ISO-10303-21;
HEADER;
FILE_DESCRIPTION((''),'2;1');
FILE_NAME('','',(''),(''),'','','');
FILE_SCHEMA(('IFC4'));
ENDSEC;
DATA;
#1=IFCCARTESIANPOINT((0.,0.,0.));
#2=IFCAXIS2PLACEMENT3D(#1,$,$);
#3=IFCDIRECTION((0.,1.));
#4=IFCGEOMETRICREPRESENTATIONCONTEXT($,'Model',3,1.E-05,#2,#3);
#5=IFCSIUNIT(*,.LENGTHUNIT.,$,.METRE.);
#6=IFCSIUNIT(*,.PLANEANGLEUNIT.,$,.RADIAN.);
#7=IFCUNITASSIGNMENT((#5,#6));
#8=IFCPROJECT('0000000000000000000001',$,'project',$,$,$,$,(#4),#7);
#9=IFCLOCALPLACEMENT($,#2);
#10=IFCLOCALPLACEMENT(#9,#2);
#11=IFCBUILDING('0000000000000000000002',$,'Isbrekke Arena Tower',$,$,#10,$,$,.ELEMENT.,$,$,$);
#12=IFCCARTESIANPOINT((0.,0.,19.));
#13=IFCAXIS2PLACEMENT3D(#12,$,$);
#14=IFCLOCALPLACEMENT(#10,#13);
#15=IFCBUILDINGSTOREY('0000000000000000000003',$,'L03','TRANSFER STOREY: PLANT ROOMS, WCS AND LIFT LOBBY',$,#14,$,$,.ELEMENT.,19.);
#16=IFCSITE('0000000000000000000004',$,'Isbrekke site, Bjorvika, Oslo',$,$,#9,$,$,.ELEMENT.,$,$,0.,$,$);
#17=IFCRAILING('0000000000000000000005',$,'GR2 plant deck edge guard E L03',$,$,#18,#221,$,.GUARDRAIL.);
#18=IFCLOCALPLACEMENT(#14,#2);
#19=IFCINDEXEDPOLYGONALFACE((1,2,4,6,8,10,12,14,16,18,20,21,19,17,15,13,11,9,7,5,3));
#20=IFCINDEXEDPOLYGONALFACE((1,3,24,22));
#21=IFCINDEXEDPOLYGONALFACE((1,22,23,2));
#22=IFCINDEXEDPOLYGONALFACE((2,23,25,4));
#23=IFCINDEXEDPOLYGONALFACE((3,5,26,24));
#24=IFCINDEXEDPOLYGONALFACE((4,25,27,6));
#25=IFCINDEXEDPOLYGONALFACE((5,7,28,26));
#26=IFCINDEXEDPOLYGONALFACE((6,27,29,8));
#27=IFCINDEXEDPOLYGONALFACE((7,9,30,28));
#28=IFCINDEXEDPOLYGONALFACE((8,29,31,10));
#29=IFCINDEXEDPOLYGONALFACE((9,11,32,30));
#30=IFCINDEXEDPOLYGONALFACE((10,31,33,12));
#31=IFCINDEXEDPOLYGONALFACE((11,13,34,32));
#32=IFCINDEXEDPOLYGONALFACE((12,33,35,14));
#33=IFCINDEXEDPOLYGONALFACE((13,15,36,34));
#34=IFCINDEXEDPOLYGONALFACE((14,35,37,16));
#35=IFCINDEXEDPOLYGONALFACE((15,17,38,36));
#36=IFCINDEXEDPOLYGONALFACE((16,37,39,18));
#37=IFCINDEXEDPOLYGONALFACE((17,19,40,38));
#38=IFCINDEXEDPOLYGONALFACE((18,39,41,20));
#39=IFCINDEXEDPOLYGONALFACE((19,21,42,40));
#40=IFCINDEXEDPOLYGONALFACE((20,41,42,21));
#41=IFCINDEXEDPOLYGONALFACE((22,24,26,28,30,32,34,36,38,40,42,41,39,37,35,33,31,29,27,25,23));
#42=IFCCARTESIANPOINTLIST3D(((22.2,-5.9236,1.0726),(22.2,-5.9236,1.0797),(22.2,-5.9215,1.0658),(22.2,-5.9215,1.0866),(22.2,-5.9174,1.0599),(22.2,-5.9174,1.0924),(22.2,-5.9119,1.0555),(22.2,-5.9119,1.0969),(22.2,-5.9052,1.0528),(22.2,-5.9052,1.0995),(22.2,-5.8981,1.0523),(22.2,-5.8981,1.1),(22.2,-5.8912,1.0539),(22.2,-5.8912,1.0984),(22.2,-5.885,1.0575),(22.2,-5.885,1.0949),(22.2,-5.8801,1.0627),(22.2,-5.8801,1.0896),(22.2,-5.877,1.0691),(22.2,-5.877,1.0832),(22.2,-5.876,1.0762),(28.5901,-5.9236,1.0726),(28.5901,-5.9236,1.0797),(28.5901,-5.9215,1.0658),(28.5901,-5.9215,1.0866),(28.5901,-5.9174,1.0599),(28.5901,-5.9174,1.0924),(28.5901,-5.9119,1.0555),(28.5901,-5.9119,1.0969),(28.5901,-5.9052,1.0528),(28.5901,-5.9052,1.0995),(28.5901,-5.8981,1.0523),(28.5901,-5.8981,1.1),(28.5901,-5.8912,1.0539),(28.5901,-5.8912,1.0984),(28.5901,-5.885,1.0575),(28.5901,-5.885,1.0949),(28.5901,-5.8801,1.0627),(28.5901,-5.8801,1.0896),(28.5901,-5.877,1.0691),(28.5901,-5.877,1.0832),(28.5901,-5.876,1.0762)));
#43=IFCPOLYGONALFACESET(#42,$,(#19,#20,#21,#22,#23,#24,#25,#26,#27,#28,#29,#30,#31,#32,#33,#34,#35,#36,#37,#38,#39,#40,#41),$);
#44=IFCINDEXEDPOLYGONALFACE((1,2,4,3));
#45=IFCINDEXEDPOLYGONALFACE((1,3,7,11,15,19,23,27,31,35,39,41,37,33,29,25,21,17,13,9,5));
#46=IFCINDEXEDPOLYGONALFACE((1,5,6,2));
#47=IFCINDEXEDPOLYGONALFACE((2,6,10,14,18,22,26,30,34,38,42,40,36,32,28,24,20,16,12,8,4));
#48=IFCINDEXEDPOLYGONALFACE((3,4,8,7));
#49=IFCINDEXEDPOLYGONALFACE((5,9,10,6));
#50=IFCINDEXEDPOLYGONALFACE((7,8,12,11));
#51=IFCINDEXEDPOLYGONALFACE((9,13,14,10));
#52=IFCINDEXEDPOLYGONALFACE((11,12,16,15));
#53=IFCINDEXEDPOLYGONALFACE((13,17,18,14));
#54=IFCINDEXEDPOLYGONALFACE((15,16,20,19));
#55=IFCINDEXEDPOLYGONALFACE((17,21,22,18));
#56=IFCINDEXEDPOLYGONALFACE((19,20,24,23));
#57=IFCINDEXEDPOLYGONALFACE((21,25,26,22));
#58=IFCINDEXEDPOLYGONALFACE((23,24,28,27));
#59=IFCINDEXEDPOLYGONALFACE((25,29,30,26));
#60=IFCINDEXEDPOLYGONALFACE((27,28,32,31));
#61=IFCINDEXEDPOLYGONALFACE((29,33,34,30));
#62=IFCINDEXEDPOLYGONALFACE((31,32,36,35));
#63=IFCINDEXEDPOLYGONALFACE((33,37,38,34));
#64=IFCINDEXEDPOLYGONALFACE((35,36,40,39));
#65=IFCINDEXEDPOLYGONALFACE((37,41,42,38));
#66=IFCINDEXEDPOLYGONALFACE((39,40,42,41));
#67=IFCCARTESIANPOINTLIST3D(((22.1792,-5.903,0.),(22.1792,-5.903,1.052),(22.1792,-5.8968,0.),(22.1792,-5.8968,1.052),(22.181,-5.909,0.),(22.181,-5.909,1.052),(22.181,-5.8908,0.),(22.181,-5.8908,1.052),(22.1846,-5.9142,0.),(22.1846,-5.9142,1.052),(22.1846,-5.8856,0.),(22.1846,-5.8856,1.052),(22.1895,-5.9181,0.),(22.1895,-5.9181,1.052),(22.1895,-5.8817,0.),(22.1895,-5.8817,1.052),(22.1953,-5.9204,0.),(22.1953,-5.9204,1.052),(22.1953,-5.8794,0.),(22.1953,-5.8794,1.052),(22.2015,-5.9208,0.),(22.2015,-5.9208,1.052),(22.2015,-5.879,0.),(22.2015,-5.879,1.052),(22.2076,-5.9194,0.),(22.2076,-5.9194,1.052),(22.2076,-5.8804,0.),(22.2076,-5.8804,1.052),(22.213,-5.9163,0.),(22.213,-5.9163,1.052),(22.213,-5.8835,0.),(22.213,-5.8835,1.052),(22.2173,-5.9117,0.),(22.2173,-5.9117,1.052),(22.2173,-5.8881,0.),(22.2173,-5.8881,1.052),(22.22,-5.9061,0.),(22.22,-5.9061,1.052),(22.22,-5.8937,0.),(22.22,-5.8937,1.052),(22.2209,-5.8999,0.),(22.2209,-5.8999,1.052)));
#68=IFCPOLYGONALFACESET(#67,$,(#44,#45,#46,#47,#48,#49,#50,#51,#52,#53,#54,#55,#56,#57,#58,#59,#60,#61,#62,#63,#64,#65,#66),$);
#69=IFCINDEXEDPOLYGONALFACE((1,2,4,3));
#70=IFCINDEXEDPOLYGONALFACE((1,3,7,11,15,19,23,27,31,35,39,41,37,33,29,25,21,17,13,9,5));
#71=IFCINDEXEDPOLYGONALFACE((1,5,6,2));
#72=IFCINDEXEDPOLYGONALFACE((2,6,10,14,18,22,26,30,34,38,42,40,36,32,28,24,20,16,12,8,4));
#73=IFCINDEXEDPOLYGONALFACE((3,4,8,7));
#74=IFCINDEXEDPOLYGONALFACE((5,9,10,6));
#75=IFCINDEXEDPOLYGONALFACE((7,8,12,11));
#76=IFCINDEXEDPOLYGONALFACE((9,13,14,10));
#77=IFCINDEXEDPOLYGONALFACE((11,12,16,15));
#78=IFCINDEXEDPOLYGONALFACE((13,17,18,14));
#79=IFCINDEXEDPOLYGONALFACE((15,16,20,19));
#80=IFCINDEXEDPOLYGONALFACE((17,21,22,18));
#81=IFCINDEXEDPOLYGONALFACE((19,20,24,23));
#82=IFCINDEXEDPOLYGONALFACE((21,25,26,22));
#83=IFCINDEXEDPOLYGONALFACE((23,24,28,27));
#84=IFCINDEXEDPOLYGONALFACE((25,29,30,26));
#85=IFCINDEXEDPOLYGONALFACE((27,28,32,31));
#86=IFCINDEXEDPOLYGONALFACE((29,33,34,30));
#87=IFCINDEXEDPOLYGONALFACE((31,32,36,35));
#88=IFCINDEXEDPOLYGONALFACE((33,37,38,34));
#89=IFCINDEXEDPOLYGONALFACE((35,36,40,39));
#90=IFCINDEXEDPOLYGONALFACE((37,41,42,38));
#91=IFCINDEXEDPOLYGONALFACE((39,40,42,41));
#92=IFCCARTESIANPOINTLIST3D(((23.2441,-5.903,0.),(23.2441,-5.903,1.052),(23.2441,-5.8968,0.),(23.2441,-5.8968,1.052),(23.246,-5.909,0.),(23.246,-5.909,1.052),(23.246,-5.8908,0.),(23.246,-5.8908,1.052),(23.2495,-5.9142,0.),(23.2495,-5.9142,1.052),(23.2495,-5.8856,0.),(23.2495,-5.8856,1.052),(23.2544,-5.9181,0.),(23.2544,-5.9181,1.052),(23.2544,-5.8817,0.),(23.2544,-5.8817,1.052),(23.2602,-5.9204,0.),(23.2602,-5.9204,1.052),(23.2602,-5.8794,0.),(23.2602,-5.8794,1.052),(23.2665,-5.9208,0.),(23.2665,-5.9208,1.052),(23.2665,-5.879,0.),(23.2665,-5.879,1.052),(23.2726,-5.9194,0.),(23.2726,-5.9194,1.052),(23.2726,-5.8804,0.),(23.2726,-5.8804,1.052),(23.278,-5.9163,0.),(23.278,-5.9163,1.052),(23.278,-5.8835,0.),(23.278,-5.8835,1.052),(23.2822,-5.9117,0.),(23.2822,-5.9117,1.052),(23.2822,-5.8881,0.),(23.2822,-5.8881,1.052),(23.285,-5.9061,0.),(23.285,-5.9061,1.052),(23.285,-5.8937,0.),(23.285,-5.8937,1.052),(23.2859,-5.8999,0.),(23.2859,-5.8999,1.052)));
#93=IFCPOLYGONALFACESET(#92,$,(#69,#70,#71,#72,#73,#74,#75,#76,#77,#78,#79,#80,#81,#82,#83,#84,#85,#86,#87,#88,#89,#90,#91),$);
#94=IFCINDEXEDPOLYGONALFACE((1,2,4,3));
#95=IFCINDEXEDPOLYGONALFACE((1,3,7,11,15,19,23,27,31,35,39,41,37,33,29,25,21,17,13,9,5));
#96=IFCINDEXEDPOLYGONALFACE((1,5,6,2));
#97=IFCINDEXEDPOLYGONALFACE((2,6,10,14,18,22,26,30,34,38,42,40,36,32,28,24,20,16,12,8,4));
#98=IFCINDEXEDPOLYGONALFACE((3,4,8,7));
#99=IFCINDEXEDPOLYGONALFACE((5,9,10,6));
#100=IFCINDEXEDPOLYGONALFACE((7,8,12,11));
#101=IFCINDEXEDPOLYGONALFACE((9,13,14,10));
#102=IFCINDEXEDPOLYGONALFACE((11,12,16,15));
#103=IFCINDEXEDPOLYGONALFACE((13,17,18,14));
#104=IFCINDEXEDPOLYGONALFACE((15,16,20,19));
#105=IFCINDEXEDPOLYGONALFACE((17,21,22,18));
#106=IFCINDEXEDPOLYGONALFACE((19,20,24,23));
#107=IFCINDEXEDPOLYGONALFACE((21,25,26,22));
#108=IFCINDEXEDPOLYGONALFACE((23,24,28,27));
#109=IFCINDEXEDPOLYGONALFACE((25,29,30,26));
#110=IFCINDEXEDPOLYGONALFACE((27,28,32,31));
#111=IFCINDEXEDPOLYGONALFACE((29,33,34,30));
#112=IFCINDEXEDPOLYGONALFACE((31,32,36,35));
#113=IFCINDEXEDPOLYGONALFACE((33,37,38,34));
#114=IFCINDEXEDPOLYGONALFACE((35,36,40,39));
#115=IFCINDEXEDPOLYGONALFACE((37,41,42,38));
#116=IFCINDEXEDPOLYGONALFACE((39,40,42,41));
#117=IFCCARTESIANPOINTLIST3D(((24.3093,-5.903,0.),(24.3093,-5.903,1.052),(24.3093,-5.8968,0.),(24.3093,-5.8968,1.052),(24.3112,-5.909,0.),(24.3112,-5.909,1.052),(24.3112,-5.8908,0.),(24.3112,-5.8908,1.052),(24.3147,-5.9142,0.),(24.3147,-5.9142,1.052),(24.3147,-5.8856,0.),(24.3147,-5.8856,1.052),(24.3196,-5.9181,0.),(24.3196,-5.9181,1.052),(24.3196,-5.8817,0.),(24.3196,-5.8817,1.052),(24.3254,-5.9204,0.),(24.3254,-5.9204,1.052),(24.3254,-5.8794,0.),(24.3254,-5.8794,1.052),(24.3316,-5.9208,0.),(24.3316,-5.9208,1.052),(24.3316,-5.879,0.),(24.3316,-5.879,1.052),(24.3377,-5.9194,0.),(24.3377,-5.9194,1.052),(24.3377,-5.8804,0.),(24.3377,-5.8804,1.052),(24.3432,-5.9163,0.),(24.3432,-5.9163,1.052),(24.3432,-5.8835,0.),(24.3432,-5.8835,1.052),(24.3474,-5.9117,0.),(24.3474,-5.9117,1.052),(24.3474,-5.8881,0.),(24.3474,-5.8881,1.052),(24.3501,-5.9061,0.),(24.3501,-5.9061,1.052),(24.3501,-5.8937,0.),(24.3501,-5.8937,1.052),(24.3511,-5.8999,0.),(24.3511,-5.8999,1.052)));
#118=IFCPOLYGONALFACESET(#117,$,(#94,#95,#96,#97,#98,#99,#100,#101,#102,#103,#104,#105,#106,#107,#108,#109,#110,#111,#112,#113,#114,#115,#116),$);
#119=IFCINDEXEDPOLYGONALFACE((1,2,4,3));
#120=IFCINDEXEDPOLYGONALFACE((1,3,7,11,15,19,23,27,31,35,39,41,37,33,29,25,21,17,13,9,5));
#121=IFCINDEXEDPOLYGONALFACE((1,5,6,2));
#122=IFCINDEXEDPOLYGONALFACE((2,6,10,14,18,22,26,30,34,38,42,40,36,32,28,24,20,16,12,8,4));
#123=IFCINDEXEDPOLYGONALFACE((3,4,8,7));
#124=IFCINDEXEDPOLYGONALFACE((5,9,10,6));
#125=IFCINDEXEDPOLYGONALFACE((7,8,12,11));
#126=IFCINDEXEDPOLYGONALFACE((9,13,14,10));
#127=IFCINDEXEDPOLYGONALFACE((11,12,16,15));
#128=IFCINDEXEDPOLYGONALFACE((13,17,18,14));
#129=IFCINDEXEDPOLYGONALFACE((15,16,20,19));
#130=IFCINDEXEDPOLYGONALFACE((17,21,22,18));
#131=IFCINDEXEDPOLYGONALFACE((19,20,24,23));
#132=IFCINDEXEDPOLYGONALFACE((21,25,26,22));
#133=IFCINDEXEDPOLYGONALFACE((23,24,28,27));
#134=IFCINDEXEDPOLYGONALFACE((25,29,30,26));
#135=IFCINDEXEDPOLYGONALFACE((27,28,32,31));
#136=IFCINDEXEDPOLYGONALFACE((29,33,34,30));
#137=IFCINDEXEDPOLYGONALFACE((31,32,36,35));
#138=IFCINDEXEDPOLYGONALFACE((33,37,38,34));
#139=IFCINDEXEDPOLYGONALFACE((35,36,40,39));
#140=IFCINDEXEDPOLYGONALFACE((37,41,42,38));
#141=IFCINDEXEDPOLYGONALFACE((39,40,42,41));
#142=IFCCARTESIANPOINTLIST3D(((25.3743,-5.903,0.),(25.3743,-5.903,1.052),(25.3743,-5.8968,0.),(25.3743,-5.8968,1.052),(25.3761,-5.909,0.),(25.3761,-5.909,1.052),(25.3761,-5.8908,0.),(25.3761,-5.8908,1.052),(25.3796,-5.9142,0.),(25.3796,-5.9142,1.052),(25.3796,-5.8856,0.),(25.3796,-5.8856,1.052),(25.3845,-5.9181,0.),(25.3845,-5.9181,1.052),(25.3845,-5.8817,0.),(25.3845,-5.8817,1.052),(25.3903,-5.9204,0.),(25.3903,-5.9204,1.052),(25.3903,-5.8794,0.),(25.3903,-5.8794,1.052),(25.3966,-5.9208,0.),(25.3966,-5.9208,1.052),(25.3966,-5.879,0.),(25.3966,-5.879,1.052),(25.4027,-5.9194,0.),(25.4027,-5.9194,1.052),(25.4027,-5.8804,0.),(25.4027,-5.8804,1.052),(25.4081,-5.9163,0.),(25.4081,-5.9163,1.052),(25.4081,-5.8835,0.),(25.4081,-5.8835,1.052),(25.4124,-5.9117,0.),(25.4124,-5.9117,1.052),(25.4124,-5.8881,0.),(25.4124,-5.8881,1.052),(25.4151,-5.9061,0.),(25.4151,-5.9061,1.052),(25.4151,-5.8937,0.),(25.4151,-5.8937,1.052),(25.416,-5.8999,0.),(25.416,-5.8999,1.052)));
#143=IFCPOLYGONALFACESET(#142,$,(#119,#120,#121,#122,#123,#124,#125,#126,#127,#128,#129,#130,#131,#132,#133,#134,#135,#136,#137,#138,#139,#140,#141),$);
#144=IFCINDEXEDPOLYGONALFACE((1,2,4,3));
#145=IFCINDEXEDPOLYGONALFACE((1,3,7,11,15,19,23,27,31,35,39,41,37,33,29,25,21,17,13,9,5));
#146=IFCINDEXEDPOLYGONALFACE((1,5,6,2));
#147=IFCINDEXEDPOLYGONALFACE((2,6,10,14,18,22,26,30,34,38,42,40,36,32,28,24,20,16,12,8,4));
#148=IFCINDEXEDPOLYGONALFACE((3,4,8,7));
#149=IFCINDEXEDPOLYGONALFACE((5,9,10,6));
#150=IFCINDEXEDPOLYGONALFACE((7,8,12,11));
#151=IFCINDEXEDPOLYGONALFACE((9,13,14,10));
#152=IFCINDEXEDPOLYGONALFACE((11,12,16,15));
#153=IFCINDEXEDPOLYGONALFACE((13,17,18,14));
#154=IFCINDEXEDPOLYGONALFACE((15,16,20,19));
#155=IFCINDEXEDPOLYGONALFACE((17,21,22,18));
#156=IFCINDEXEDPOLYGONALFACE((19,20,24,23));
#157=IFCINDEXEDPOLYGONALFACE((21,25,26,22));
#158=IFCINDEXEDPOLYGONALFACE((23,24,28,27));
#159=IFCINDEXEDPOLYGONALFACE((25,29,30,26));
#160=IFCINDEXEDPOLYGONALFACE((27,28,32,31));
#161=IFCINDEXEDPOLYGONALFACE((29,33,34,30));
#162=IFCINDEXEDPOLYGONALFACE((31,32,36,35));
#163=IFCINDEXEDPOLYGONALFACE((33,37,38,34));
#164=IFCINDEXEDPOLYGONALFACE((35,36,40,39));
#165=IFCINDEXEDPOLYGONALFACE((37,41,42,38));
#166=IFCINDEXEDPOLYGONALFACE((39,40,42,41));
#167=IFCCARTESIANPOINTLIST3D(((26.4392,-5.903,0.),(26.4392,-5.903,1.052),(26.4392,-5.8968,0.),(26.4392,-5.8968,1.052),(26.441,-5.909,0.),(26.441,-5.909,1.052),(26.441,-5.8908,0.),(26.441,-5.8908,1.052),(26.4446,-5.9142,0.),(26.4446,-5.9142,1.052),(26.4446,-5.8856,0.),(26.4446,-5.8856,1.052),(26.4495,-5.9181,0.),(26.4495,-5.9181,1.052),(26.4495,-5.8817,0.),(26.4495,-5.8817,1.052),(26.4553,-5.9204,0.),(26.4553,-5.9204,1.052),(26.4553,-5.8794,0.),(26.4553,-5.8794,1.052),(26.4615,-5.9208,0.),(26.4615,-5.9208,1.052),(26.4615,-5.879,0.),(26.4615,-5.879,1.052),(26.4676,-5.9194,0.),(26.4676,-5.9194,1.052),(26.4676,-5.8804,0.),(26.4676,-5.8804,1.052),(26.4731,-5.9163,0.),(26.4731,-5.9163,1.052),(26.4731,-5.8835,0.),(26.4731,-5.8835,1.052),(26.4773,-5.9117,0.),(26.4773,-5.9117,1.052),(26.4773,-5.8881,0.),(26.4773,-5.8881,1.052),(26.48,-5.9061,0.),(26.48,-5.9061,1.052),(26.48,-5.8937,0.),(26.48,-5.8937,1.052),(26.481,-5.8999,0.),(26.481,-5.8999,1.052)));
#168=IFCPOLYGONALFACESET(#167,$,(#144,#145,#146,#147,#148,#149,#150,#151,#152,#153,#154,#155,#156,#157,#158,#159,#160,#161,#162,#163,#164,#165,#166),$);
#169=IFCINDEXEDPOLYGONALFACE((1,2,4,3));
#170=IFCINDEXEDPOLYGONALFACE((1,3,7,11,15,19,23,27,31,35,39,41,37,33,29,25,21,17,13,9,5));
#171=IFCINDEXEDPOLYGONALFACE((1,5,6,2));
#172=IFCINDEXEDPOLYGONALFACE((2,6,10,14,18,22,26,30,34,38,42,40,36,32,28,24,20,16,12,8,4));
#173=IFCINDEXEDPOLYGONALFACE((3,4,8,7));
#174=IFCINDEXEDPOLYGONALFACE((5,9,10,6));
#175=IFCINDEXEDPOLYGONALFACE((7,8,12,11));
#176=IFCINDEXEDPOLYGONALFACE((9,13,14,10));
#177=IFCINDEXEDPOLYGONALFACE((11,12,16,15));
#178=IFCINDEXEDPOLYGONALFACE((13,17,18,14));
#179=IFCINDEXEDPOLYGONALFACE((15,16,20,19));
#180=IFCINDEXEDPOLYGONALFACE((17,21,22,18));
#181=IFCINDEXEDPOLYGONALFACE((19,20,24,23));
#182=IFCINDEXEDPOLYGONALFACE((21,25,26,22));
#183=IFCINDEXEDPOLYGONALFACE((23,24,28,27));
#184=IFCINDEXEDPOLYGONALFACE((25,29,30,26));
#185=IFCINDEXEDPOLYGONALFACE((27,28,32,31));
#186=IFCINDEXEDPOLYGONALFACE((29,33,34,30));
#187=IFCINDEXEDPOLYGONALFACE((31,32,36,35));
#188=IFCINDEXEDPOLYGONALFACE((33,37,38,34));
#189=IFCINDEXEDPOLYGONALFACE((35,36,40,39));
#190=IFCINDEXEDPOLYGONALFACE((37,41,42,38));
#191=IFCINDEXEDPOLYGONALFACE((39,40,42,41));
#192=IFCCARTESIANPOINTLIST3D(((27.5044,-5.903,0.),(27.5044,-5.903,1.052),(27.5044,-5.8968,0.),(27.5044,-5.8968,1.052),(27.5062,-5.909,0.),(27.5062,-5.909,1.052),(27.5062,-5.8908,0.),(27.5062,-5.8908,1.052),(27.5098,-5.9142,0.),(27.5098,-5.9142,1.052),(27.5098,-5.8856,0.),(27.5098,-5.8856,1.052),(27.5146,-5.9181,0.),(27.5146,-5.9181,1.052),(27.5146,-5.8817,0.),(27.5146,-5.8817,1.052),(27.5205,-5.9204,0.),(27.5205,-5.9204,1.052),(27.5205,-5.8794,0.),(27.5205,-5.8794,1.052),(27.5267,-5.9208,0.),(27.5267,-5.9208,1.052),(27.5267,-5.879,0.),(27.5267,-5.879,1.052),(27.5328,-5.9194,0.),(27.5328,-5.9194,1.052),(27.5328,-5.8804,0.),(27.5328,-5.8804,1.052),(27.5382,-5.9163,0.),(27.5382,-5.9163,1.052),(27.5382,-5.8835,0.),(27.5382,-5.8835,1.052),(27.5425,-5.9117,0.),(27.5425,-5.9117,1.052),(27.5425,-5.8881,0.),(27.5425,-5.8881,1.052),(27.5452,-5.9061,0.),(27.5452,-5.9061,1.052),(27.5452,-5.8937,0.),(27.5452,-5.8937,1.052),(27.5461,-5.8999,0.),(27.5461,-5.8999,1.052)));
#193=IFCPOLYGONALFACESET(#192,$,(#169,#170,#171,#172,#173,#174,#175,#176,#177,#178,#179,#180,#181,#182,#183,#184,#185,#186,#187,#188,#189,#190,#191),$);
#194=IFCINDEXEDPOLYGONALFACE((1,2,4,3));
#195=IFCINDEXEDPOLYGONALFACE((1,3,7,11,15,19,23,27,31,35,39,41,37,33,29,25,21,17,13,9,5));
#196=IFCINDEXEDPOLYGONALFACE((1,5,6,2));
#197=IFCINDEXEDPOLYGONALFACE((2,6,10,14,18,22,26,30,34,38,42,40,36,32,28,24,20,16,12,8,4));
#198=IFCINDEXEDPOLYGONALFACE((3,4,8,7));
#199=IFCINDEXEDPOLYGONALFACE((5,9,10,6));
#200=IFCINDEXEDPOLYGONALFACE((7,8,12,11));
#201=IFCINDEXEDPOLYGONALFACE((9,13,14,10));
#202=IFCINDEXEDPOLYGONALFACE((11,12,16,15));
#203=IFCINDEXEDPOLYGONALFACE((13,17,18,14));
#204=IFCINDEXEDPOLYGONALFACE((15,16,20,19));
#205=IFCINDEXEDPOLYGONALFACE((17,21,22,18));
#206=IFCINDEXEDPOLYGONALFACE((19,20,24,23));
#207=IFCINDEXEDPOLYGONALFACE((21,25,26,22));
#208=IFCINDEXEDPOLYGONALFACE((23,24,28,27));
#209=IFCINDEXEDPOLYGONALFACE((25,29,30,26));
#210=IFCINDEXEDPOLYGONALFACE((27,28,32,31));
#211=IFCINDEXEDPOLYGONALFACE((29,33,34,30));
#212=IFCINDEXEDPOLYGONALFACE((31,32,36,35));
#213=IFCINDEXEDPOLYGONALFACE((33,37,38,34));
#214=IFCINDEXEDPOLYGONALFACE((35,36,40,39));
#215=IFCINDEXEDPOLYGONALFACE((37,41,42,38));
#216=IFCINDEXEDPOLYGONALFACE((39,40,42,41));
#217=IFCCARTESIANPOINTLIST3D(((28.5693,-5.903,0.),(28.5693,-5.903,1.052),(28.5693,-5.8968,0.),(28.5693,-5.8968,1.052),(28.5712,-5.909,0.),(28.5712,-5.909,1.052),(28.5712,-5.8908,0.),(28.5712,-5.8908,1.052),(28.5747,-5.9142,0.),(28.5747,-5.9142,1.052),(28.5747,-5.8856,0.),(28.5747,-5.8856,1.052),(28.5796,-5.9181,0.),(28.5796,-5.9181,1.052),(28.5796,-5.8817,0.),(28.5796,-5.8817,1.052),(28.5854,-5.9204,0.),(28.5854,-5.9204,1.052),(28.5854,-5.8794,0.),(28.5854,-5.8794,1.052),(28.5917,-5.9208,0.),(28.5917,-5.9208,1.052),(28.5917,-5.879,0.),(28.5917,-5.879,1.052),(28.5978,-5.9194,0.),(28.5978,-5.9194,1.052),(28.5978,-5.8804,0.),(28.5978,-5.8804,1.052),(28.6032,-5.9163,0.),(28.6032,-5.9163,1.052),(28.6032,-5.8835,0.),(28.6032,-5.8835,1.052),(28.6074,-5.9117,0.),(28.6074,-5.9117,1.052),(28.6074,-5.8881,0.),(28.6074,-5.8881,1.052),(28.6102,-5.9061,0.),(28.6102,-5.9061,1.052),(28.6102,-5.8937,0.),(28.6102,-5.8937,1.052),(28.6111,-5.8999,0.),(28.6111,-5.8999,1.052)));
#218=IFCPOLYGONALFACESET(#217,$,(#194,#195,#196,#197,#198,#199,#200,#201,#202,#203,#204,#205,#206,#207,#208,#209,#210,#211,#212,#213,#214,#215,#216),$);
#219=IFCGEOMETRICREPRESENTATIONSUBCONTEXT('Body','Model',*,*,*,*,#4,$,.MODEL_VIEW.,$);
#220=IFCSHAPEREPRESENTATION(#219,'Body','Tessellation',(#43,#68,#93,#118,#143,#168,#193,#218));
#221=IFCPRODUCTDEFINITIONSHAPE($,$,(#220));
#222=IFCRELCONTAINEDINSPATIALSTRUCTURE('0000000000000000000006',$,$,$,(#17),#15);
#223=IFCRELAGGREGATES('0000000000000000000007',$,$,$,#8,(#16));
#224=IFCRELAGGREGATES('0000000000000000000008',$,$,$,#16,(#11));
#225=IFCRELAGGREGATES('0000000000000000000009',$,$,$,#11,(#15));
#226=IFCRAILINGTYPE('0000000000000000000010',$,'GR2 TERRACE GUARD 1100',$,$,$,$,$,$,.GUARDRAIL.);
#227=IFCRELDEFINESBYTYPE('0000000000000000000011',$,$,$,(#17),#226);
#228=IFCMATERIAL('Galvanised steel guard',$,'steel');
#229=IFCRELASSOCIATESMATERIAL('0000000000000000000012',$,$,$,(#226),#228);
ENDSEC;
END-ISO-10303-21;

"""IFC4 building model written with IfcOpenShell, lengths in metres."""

from ifc_helpers import new_model, si_unit, direction, frame, origin, origin_2d, place, context, subcontext, project, spatial, circle, extrude, material, type_object, element, save


model = new_model("IFC4")

# Units and contexts
model_context = context("Model", 3, precision=1e-05, world=origin(), true_north=direction((0.0, 1.0)))
body_context = subcontext(model_context, "Body", "Model", "MODEL_VIEW")
ifc_project = project(units=[si_unit("LENGTHUNIT", "METRE"), si_unit("PLANEANGLEUNIT", "RADIAN")], contexts=[model_context])

# Site, building, storey
site_placement = place(None, origin())
site = spatial("IfcSite", under=ifc_project, at=site_placement, Name="Isbrekke site, Bjorvika, Oslo", CompositionType="ELEMENT", RefElevation=0.0)
building_placement = place(site_placement, origin())
building = spatial("IfcBuilding", under=site, at=building_placement, Name="Isbrekke Arena Tower", CompositionType="ELEMENT")
storey_placement = place(building_placement, frame((0.0, 0.0, 19.0)))
storey = spatial("IfcBuildingStorey", under=building, at=storey_placement, Name="L03", Description="TRANSFER STOREY: PLANT ROOMS, WCS AND LIFT LOBBY", CompositionType="ELEMENT", Elevation=19.0)

# Railing
ifc_material_1 = material(Name="Galvanised steel guard", Category="steel")
railing_type = type_object("IfcRailingType", Name="GR2 TERRACE GUARD 1100", PredefinedType="GUARDRAIL", material=ifc_material_1)
railing_placement = place(storey_placement, frame((22.2, -5.8999, 0.0)))
element("IfcRailing", 1, at=railing_placement, inside=storey, type_object=railing_type, Name="GR2 plant deck edge guard E L03", PredefinedType="GUARDRAIL", context=body_context, shape_type="SweptSolid", body=[
    extrude(circle(Radius=0.0239, at=origin_2d()), frame((0.0, 0.0, 1.0762), z_axis=(1.0, 0.0, 0.0), x_axis=(0.0, 1.0, 0.0)), (0.0, 0.0, 1.0), 6.3901),
    extrude(circle(Radius=0.021, at=origin_2d()), origin(), (0.0, 0.0, 1.0), 1.052),
    extrude(circle(Radius=0.021, at=origin_2d()), frame((1.0649, 0.0, 0.0)), (0.0, 0.0, 1.0), 1.052),
    extrude(circle(Radius=0.021, at=origin_2d()), frame((2.1301, 0.0, 0.0)), (0.0, 0.0, 1.0), 1.052),
    extrude(circle(Radius=0.021, at=origin_2d()), frame((3.1951, 0.0, 0.0)), (0.0, 0.0, 1.0), 1.052),
    extrude(circle(Radius=0.021, at=origin_2d()), frame((4.26, 0.0, 0.0)), (0.0, 0.0, 1.0), 1.052),
    extrude(circle(Radius=0.021, at=origin_2d()), frame((5.3252, 0.0, 0.0)), (0.0, 0.0, 1.0), 1.052),
    extrude(circle(Radius=0.021, at=origin_2d()), frame((6.3901, 0.0, 0.0)), (0.0, 0.0, 1.0), 1.052),
])

save(model, "model.ifc")
